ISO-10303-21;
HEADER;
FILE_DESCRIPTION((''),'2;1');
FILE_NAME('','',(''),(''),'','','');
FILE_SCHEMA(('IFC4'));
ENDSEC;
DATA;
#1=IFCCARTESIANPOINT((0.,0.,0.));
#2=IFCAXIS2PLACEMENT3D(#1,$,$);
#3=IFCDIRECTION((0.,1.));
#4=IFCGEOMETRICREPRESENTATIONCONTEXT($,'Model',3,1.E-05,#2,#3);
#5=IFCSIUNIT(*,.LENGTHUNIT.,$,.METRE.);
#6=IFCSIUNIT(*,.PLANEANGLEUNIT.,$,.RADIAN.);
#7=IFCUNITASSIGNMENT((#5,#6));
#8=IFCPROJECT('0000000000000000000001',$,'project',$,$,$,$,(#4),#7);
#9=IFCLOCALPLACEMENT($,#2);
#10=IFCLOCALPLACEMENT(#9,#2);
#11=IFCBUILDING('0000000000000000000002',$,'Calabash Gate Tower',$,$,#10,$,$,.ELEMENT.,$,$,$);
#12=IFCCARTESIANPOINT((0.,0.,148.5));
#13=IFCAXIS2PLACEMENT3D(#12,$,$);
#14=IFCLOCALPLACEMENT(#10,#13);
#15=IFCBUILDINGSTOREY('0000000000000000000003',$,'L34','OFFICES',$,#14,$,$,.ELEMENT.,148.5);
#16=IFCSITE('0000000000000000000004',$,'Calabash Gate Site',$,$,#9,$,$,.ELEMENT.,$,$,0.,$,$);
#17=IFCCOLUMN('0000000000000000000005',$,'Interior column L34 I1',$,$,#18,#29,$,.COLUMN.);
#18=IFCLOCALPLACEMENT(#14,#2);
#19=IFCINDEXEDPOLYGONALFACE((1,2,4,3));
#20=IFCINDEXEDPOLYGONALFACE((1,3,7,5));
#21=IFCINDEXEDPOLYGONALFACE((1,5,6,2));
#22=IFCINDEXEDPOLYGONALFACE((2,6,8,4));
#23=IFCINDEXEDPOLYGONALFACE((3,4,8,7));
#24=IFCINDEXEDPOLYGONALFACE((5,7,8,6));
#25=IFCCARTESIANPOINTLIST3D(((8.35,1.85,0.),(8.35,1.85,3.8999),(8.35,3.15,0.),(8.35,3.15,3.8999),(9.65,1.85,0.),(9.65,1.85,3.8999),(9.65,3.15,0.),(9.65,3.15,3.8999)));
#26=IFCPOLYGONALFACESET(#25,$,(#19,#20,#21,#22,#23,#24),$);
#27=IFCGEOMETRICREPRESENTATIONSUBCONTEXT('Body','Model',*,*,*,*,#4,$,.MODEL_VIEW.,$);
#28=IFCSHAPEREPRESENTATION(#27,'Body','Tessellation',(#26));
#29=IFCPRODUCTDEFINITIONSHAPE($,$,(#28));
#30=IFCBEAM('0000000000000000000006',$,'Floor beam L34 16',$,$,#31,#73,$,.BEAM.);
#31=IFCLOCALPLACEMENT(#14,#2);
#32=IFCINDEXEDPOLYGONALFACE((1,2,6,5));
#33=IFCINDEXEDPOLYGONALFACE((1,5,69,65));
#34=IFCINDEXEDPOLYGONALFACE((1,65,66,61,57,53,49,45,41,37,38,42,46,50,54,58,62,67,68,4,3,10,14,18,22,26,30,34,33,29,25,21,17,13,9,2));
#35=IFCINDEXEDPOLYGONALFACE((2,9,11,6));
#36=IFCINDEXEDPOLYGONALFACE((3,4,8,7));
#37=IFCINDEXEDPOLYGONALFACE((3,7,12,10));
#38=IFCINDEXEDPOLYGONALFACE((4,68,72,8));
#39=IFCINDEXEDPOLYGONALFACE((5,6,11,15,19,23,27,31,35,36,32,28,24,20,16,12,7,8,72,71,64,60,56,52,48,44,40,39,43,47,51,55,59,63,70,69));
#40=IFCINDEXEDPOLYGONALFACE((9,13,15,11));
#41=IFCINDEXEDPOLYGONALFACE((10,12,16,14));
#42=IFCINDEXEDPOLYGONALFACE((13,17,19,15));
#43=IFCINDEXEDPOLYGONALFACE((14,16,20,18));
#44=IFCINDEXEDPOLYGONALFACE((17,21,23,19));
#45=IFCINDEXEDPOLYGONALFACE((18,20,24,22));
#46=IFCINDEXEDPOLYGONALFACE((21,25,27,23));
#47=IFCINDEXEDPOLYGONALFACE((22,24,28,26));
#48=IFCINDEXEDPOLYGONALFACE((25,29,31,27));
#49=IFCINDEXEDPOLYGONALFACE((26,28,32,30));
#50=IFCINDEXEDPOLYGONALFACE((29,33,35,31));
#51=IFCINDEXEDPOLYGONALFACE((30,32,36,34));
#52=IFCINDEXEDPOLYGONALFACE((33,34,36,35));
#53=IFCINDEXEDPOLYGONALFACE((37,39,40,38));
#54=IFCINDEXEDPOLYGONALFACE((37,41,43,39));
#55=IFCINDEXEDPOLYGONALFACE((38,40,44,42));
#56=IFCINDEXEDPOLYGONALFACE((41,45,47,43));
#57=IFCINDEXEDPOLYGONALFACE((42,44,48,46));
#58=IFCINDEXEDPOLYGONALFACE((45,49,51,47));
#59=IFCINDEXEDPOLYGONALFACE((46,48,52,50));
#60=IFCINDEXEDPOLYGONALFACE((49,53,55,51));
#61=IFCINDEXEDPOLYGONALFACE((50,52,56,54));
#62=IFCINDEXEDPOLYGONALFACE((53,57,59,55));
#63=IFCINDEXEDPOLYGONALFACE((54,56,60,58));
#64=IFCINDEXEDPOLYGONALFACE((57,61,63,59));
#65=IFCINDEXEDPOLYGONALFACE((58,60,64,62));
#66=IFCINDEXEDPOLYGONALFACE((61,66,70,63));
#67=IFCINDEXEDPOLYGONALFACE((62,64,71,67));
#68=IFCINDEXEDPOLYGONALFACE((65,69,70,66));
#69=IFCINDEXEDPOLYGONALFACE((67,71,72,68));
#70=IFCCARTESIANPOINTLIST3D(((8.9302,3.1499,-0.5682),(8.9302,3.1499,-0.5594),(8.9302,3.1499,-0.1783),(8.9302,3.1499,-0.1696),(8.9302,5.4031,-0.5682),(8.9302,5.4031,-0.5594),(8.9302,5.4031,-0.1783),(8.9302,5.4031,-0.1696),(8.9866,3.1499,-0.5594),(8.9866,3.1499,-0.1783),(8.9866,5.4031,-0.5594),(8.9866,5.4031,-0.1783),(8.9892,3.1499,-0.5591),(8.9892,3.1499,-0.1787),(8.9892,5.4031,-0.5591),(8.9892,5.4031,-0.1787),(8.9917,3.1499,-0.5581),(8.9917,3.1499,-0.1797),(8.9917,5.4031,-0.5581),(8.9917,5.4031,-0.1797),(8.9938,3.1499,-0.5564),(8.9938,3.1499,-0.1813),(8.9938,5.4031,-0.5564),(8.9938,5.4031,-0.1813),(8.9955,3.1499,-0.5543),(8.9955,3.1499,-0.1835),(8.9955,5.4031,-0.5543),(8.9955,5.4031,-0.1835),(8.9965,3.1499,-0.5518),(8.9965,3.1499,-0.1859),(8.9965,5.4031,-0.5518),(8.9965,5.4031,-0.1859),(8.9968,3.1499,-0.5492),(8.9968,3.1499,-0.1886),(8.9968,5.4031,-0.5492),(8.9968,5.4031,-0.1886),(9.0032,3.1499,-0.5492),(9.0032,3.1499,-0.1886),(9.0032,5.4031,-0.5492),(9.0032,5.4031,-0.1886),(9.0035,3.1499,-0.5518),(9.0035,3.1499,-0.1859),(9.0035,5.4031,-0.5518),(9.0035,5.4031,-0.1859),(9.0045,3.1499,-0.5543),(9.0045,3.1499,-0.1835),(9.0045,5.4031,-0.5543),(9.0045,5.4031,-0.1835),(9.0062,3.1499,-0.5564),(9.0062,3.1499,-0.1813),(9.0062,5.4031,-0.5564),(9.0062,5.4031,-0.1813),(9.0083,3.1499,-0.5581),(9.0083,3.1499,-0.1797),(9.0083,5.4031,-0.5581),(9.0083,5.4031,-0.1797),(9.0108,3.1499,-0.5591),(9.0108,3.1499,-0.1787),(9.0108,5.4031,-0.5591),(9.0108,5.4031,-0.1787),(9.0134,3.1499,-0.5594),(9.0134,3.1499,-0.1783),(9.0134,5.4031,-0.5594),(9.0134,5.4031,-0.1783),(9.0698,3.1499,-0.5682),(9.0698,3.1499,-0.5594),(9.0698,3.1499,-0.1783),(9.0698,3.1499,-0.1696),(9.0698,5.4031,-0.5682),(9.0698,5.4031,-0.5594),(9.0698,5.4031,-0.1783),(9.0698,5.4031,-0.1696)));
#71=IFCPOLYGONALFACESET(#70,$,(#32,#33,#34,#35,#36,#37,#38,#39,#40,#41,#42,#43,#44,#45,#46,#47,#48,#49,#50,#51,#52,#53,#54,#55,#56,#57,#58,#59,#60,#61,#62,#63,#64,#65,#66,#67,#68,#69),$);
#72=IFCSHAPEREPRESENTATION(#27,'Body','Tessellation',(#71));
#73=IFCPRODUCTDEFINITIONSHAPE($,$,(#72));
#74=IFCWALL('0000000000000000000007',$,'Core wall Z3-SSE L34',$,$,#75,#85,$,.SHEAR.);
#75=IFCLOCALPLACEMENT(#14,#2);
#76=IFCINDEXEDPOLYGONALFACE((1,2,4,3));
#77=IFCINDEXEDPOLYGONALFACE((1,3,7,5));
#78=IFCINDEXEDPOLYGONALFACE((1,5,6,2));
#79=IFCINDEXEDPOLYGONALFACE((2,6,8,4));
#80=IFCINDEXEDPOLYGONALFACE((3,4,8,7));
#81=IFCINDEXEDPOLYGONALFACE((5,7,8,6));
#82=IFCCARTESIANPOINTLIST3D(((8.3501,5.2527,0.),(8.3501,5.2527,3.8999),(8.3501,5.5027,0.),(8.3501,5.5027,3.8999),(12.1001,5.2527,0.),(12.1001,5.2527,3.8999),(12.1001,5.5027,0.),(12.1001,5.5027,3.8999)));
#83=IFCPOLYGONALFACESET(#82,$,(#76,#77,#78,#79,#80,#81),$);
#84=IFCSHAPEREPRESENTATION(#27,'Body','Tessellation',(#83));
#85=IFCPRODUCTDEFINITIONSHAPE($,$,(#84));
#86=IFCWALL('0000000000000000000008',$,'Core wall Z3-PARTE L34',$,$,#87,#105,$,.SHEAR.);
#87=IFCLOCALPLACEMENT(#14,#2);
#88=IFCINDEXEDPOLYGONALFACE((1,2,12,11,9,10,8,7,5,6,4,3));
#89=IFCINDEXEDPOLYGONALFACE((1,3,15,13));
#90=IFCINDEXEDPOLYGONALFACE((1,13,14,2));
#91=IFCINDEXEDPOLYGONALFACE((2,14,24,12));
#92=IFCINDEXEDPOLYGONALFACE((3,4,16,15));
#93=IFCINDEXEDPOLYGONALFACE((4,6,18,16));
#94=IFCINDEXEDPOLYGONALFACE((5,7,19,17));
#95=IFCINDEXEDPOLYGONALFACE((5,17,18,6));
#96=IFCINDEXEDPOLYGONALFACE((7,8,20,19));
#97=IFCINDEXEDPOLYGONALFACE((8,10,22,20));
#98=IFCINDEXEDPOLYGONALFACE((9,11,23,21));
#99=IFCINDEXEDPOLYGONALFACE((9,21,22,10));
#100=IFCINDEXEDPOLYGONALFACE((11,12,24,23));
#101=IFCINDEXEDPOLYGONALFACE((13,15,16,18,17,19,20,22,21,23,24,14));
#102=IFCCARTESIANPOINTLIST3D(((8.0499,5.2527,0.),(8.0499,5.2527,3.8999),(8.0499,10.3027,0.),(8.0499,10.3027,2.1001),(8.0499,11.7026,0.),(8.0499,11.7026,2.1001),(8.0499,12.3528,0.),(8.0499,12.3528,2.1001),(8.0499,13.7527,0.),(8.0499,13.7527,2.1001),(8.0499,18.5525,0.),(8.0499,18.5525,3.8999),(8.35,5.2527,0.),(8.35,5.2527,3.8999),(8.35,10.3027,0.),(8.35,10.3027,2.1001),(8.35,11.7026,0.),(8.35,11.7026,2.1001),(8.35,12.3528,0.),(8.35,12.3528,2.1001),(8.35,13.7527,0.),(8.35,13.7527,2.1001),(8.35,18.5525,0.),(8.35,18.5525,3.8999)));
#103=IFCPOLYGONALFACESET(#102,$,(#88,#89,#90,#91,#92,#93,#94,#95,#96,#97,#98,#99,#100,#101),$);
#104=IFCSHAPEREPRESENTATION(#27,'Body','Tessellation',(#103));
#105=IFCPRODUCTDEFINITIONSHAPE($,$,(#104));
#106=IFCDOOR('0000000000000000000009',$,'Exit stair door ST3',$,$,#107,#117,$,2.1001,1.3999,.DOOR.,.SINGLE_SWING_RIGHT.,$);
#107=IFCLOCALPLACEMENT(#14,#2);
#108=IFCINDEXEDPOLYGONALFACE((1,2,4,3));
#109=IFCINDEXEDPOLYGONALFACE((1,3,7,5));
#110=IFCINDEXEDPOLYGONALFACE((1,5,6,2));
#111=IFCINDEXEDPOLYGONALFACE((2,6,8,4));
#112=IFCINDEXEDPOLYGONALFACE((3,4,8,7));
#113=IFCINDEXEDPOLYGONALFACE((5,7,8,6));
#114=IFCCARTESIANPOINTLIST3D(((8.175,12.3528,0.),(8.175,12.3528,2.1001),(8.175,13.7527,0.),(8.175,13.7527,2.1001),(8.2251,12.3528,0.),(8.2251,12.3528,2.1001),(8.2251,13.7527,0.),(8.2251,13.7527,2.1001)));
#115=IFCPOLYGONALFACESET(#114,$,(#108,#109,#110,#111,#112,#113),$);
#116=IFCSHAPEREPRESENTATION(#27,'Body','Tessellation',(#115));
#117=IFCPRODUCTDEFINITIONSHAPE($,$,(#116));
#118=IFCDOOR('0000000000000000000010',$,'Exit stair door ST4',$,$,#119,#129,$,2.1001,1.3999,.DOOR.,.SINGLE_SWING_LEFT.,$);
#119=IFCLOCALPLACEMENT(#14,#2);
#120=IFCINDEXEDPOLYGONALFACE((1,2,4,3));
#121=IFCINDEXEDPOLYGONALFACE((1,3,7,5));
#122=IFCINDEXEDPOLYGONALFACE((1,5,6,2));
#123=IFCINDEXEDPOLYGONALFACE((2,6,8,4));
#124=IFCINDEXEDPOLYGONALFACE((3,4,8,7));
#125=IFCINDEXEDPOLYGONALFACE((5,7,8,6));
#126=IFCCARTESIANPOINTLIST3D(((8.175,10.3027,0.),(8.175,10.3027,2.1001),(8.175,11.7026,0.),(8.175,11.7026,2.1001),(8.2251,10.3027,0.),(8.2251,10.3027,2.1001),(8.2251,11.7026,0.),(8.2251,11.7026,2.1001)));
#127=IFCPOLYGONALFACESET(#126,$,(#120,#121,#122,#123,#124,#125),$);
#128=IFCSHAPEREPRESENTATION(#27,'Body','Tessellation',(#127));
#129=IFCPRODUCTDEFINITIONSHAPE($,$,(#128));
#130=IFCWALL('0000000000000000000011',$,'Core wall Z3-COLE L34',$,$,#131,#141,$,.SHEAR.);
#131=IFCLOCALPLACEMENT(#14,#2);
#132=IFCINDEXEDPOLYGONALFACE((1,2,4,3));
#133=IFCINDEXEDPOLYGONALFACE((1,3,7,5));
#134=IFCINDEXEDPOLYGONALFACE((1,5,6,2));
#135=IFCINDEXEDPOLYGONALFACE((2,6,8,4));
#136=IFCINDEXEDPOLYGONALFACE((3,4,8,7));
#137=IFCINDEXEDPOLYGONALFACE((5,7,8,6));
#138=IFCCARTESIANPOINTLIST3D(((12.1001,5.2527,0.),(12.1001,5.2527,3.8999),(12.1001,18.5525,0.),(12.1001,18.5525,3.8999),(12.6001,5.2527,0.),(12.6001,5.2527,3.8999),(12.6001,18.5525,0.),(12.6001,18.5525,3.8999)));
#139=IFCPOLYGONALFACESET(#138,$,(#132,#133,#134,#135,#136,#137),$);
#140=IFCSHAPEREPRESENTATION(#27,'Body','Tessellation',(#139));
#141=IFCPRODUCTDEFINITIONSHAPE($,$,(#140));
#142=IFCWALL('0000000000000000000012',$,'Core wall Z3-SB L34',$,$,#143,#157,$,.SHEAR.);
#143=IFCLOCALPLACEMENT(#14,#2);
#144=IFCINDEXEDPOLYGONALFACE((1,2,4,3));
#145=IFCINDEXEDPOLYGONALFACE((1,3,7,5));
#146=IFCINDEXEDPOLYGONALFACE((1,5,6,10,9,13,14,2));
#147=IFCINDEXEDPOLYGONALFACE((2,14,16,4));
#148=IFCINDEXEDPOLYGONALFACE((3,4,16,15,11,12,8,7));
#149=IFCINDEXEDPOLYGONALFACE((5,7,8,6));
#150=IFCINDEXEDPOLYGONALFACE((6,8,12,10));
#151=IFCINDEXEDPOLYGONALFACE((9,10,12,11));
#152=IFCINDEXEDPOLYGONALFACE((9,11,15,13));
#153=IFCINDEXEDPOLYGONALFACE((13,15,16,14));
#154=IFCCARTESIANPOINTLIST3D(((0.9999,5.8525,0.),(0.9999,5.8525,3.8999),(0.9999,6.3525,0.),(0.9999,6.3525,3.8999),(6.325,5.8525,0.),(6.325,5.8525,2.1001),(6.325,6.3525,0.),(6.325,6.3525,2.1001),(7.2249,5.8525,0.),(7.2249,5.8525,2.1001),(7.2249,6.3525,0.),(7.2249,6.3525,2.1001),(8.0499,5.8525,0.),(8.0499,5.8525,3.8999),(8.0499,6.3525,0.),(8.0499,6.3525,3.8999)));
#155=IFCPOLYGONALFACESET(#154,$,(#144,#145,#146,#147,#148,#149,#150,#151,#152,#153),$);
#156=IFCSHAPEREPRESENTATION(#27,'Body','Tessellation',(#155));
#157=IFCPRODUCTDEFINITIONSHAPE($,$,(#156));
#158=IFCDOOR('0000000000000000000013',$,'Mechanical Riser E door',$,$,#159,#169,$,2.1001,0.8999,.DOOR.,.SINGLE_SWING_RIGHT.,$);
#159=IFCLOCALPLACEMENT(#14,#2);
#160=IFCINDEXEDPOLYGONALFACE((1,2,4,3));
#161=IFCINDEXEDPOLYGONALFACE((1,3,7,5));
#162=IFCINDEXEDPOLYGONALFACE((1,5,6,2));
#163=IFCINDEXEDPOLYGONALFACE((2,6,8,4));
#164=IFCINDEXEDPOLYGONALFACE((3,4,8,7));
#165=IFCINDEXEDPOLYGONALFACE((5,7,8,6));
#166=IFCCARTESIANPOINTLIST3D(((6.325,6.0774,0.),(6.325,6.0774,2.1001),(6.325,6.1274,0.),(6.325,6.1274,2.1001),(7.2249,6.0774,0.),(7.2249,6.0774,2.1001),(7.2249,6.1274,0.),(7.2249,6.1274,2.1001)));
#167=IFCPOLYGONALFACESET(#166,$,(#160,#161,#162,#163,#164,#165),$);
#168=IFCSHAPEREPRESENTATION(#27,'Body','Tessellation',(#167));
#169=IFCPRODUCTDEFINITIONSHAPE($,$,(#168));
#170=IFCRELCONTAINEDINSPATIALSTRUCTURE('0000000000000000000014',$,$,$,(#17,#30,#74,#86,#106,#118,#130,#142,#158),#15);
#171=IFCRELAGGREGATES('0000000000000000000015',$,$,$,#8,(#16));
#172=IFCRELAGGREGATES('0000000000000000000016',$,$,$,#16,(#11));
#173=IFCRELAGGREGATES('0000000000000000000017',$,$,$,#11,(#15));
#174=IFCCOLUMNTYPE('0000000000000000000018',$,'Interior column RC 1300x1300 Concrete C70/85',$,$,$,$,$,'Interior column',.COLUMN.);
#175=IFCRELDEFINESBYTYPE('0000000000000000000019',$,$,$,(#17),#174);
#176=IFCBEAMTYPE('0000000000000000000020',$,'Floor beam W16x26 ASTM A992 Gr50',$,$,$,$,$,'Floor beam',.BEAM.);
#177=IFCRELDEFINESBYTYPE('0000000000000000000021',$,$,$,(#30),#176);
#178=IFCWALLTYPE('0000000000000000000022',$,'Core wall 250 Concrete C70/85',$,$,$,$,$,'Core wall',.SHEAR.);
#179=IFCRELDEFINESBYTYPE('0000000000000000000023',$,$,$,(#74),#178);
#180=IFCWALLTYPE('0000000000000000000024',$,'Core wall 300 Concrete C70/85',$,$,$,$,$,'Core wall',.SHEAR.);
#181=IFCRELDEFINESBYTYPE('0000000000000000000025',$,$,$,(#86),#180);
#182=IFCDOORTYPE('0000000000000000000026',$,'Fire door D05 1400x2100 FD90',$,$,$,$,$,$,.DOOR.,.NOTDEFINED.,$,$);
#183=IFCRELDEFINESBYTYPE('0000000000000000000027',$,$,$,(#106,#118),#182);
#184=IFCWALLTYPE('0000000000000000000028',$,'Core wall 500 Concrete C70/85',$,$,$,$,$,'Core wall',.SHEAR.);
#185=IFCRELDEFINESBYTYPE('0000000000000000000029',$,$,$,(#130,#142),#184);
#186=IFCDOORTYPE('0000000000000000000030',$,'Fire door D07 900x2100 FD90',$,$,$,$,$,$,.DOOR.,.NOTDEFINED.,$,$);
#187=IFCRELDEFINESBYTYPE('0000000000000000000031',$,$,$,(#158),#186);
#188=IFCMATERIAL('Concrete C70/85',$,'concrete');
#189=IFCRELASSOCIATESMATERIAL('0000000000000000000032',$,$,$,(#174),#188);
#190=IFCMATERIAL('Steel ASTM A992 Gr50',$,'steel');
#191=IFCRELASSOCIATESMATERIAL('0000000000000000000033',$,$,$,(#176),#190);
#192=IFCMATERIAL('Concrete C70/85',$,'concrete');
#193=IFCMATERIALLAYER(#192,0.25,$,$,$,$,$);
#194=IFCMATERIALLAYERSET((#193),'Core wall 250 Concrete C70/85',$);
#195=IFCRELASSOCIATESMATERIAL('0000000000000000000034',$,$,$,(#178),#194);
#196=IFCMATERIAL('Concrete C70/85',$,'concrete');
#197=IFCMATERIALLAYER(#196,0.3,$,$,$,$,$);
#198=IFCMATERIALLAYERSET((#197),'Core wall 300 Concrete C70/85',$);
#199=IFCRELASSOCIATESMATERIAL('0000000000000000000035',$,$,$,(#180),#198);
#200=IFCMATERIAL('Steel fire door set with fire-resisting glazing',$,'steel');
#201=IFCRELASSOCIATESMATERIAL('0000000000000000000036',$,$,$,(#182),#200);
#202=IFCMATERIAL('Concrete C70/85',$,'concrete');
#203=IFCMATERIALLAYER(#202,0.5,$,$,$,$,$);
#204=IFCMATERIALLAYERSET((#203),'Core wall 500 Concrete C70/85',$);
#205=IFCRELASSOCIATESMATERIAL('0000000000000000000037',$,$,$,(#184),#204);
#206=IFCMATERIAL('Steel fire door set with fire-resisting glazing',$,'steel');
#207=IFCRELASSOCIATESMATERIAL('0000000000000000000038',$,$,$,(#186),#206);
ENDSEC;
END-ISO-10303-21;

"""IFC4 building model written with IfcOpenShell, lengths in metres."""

from ifc_helpers import new_model, si_unit, direction, frame, frame_2d, origin, origin_2d, place, context, subcontext, project, spatial, rectangle, i_section, extrude, material, layer, layer_set, material_profile, profile_set, type_object, element, fill, save


model = new_model("IFC4")

# Units and contexts
model_context = context("Model", 3, precision=1e-05, world=origin(), true_north=direction((0.0, 1.0)))
body_context = subcontext(model_context, "Body", "Model", "MODEL_VIEW")
ifc_project = project(units=[si_unit("LENGTHUNIT", "METRE"), si_unit("PLANEANGLEUNIT", "RADIAN")], contexts=[model_context])

# Site, building, storey
site_placement = place(None, origin())
site = spatial("IfcSite", under=ifc_project, at=site_placement, Name="Calabash Gate Site", CompositionType="ELEMENT", RefElevation=0.0)
building_placement = place(site_placement, origin())
building = spatial("IfcBuilding", under=site, at=building_placement, Name="Calabash Gate Tower", CompositionType="ELEMENT")
storey_placement = place(building_placement, frame((0.0, 0.0, 148.5)))
storey = spatial("IfcBuildingStorey", under=building, at=storey_placement, Name="L34", Description="OFFICES", CompositionType="ELEMENT", Elevation=148.5)

# Column
ifc_material_1 = material(Name="Concrete C70/85", Category="concrete")
ifc_material_profile_1 = material_profile(ifc_material_1, rectangle(XDim=1.3, YDim=1.3, at=origin_2d()))
ifc_profile_set_1 = profile_set([ifc_material_profile_1], Name="Concrete C70/85")
column_type = type_object("IfcColumnType", Name="Interior column RC 1300x1300 Concrete C70/85", ElementType="Interior column", PredefinedType="COLUMN", material=ifc_profile_set_1)
column_placement = place(storey_placement, frame((9.0, 2.5, 0.0), z_axis=(0.0, 0.0, 1.0), x_axis=(1.0, 0.0, 0.0)))
element("IfcColumn", 1, at=column_placement, inside=storey, type_object=column_type, Name="Interior column L34 I1", PredefinedType="COLUMN", context=body_context, shape_type="SweptSolid", body=[
    extrude(rectangle(XDim=1.3, YDim=1.3, at=origin_2d()), origin(), (0.0, 0.0, 1.0), 3.8999),
])

# Beam
ifc_material_2 = material(Name="Steel ASTM A992 Gr50", Category="steel")
ifc_material_profile_2 = material_profile(ifc_material_2, i_section(OverallWidth=0.1396, OverallDepth=0.3987, WebThickness=0.0063, FlangeThickness=0.0088, FilletRadius=0.0103, at=origin_2d()))
ifc_profile_set_2 = profile_set([ifc_material_profile_2], Name="Steel ASTM A992 Gr50")
beam_type = type_object("IfcBeamType", Name="Floor beam W16x26 ASTM A992 Gr50", ElementType="Floor beam", PredefinedType="BEAM", material=ifc_profile_set_2)
beam_placement = place(storey_placement, frame((9.0, 3.1499, -0.3689), z_axis=(0.0, 1.0, 0.0), x_axis=(-1.0, 0.0, 0.0)))
element("IfcBeam", 2, at=beam_placement, inside=storey, type_object=beam_type, Name="Floor beam L34 16", PredefinedType="BEAM", context=body_context, shape_type="SweptSolid", body=[
    extrude(i_section(OverallWidth=0.1396, OverallDepth=0.3987, WebThickness=0.0063, FlangeThickness=0.0088, FilletRadius=0.0103, at=origin_2d()), origin(), (0.0, 0.0, 1.0), 2.2532),
])

# Wall
ifc_material_3 = material(Name="Concrete C70/85", Category="concrete")
ifc_layer_1 = layer(ifc_material_3, 0.25)
ifc_layer_set_1 = layer_set([ifc_layer_1], Name="Core wall 250 Concrete C70/85")
wall_type_1 = type_object("IfcWallType", Name="Core wall 250 Concrete C70/85", ElementType="Core wall", PredefinedType="SHEAR", material=ifc_layer_set_1)
wall_1_placement = place(storey_placement, frame((8.3501, 5.3777, 0.0), z_axis=(0.0, 0.0, 1.0), x_axis=(1.0, 0.0, 0.0)))
element("IfcWall", 3, at=wall_1_placement, inside=storey, type_object=wall_type_1, Name="Core wall Z3-SSE L34", PredefinedType="SHEAR", context=body_context, shape_type="SweptSolid", body=[
    extrude(rectangle(XDim=3.75, YDim=0.25, at=frame_2d((1.875, 0.0))), origin(), (0.0, 0.0, 1.0), 3.8999),
])

# Wall, openings, doors
ifc_material_4 = material(Name="Concrete C70/85", Category="concrete")
ifc_layer_2 = layer(ifc_material_4, 0.3)
ifc_layer_set_2 = layer_set([ifc_layer_2], Name="Core wall 300 Concrete C70/85")
wall_type_2 = type_object("IfcWallType", Name="Core wall 300 Concrete C70/85", ElementType="Core wall", PredefinedType="SHEAR", material=ifc_layer_set_2)
wall_2_placement = place(storey_placement, frame((8.2, 5.2527, 0.0), z_axis=(0.0, 0.0, 1.0), x_axis=(0.0, 1.0, 0.0)))
wall_2 = element("IfcWall", 4, at=wall_2_placement, inside=storey, type_object=wall_type_2, Name="Core wall Z3-PARTE L34", PredefinedType="SHEAR", context=body_context, shape_type="SweptSolid", body=[
    extrude(rectangle(XDim=13.2998, YDim=0.3, at=frame_2d((6.6499, 0.0))), origin(), (0.0, 0.0, 1.0), 3.8999),
])
opening_1_placement = place(wall_2_placement, frame((7.1001, 0.0, 0.0)))
opening_1 = element("IfcOpeningElement", 5, at=opening_1_placement, cuts=wall_2, PredefinedType="OPENING", context=body_context, shape_type="SweptSolid", body=[
    extrude(rectangle(XDim=1.3999, YDim=2.1001, at=frame_2d((0.7, 1.05))), frame((0.0, 0.1599, 0.0), z_axis=(0.0, -1.0, 0.0), x_axis=(1.0, 0.0, 0.0)), (0.0, 0.0, 1.0), 0.3201),
])
opening_2_placement = place(wall_2_placement, frame((5.05, 0.0, 0.0)))
opening_2 = element("IfcOpeningElement", 6, at=opening_2_placement, cuts=wall_2, PredefinedType="OPENING", context=body_context, shape_type="SweptSolid", body=[
    extrude(rectangle(XDim=1.3999, YDim=2.1001, at=frame_2d((0.7, 1.05))), frame((0.0, 0.1599, 0.0), z_axis=(0.0, -1.0, 0.0), x_axis=(1.0, 0.0, 0.0)), (0.0, 0.0, 1.0), 0.3201),
])
ifc_material_5 = material(Name="Steel fire door set with fire-resisting glazing", Category="steel")
door_type_1 = type_object("IfcDoorType", Name="Fire door D05 1400x2100 FD90", OperationType="NOTDEFINED", PredefinedType="DOOR", material=ifc_material_5)
door_1_placement = place(opening_1_placement, origin())
door_1 = element("IfcDoor", 7, at=door_1_placement, inside=storey, type_object=door_type_1, Name="Exit stair door ST3", OperationType="SINGLE_SWING_RIGHT", OverallHeight=2.1001, OverallWidth=1.3999, PredefinedType="DOOR", context=body_context, shape_type="SweptSolid", body=[
    extrude(rectangle(XDim=1.3999, YDim=2.1001, at=frame_2d((0.7, 1.05))), frame((0.0, 0.0249, 0.0), z_axis=(0.0, -1.0, 0.0), x_axis=(1.0, 0.0, 0.0)), (0.0, 0.0, 1.0), 0.05),
])
fill(opening_1, door_1)
door_2_placement = place(opening_2_placement, origin())
door_2 = element("IfcDoor", 8, at=door_2_placement, inside=storey, type_object=door_type_1, Name="Exit stair door ST4", OperationType="SINGLE_SWING_LEFT", OverallHeight=2.1001, OverallWidth=1.3999, PredefinedType="DOOR", context=body_context, shape_type="SweptSolid", body=[
    extrude(rectangle(XDim=1.3999, YDim=2.1001, at=frame_2d((0.7, 1.05))), frame((0.0, 0.0249, 0.0), z_axis=(0.0, -1.0, 0.0), x_axis=(1.0, 0.0, 0.0)), (0.0, 0.0, 1.0), 0.05),
])
fill(opening_2, door_2)

# Wall
ifc_material_6 = material(Name="Concrete C70/85", Category="concrete")
ifc_layer_3 = layer(ifc_material_6, 0.5)
ifc_layer_set_3 = layer_set([ifc_layer_3], Name="Core wall 500 Concrete C70/85")
wall_type_3 = type_object("IfcWallType", Name="Core wall 500 Concrete C70/85", ElementType="Core wall", PredefinedType="SHEAR", material=ifc_layer_set_3)
wall_3_placement = place(storey_placement, frame((12.3501, 5.2527, 0.0), z_axis=(0.0, 0.0, 1.0), x_axis=(0.0, 1.0, 0.0)))
element("IfcWall", 9, at=wall_3_placement, inside=storey, type_object=wall_type_3, Name="Core wall Z3-COLE L34", PredefinedType="SHEAR", context=body_context, shape_type="SweptSolid", body=[
    extrude(rectangle(XDim=13.2998, YDim=0.5, at=frame_2d((6.6499, 0.0))), origin(), (0.0, 0.0, 1.0), 3.8999),
])

# Wall, opening, door
wall_4_placement = place(storey_placement, frame((1.0, 6.1025, 0.0), z_axis=(0.0, 0.0, 1.0), x_axis=(1.0, 0.0, 0.0)))
wall_4 = element("IfcWall", 10, at=wall_4_placement, inside=storey, type_object=wall_type_3, Name="Core wall Z3-SB L34", PredefinedType="SHEAR", context=body_context, shape_type="SweptSolid", body=[
    extrude(rectangle(XDim=7.05, YDim=0.5, at=frame_2d((3.5249, 0.0))), origin(), (0.0, 0.0, 1.0), 3.8999),
])
opening_3_placement = place(wall_4_placement, frame((5.325, 0.0, 0.0)))
opening_3 = element("IfcOpeningElement", 11, at=opening_3_placement, cuts=wall_4, PredefinedType="OPENING", context=body_context, shape_type="SweptSolid", body=[
    extrude(rectangle(XDim=0.8999, YDim=2.1001, at=frame_2d((0.45, 1.05))), frame((0.0, 0.26, 0.0), z_axis=(0.0, -1.0, 0.0), x_axis=(1.0, 0.0, 0.0)), (0.0, 0.0, 1.0), 0.52),
])
ifc_material_7 = material(Name="Steel fire door set with fire-resisting glazing", Category="steel")
door_type_2 = type_object("IfcDoorType", Name="Fire door D07 900x2100 FD90", OperationType="NOTDEFINED", PredefinedType="DOOR", material=ifc_material_7)
door_3_placement = place(opening_3_placement, origin())
door_3 = element("IfcDoor", 12, at=door_3_placement, inside=storey, type_object=door_type_2, Name="Mechanical Riser E door", OperationType="SINGLE_SWING_RIGHT", OverallHeight=2.1001, OverallWidth=0.8999, PredefinedType="DOOR", context=body_context, shape_type="SweptSolid", body=[
    extrude(rectangle(XDim=0.8999, YDim=2.1001, at=frame_2d((0.45, 1.05))), frame((0.0, 0.0249, 0.0), z_axis=(0.0, -1.0, 0.0), x_axis=(1.0, 0.0, 0.0)), (0.0, 0.0, 1.0), 0.05),
])
fill(opening_3, door_3)

save(model, "model.ifc")
